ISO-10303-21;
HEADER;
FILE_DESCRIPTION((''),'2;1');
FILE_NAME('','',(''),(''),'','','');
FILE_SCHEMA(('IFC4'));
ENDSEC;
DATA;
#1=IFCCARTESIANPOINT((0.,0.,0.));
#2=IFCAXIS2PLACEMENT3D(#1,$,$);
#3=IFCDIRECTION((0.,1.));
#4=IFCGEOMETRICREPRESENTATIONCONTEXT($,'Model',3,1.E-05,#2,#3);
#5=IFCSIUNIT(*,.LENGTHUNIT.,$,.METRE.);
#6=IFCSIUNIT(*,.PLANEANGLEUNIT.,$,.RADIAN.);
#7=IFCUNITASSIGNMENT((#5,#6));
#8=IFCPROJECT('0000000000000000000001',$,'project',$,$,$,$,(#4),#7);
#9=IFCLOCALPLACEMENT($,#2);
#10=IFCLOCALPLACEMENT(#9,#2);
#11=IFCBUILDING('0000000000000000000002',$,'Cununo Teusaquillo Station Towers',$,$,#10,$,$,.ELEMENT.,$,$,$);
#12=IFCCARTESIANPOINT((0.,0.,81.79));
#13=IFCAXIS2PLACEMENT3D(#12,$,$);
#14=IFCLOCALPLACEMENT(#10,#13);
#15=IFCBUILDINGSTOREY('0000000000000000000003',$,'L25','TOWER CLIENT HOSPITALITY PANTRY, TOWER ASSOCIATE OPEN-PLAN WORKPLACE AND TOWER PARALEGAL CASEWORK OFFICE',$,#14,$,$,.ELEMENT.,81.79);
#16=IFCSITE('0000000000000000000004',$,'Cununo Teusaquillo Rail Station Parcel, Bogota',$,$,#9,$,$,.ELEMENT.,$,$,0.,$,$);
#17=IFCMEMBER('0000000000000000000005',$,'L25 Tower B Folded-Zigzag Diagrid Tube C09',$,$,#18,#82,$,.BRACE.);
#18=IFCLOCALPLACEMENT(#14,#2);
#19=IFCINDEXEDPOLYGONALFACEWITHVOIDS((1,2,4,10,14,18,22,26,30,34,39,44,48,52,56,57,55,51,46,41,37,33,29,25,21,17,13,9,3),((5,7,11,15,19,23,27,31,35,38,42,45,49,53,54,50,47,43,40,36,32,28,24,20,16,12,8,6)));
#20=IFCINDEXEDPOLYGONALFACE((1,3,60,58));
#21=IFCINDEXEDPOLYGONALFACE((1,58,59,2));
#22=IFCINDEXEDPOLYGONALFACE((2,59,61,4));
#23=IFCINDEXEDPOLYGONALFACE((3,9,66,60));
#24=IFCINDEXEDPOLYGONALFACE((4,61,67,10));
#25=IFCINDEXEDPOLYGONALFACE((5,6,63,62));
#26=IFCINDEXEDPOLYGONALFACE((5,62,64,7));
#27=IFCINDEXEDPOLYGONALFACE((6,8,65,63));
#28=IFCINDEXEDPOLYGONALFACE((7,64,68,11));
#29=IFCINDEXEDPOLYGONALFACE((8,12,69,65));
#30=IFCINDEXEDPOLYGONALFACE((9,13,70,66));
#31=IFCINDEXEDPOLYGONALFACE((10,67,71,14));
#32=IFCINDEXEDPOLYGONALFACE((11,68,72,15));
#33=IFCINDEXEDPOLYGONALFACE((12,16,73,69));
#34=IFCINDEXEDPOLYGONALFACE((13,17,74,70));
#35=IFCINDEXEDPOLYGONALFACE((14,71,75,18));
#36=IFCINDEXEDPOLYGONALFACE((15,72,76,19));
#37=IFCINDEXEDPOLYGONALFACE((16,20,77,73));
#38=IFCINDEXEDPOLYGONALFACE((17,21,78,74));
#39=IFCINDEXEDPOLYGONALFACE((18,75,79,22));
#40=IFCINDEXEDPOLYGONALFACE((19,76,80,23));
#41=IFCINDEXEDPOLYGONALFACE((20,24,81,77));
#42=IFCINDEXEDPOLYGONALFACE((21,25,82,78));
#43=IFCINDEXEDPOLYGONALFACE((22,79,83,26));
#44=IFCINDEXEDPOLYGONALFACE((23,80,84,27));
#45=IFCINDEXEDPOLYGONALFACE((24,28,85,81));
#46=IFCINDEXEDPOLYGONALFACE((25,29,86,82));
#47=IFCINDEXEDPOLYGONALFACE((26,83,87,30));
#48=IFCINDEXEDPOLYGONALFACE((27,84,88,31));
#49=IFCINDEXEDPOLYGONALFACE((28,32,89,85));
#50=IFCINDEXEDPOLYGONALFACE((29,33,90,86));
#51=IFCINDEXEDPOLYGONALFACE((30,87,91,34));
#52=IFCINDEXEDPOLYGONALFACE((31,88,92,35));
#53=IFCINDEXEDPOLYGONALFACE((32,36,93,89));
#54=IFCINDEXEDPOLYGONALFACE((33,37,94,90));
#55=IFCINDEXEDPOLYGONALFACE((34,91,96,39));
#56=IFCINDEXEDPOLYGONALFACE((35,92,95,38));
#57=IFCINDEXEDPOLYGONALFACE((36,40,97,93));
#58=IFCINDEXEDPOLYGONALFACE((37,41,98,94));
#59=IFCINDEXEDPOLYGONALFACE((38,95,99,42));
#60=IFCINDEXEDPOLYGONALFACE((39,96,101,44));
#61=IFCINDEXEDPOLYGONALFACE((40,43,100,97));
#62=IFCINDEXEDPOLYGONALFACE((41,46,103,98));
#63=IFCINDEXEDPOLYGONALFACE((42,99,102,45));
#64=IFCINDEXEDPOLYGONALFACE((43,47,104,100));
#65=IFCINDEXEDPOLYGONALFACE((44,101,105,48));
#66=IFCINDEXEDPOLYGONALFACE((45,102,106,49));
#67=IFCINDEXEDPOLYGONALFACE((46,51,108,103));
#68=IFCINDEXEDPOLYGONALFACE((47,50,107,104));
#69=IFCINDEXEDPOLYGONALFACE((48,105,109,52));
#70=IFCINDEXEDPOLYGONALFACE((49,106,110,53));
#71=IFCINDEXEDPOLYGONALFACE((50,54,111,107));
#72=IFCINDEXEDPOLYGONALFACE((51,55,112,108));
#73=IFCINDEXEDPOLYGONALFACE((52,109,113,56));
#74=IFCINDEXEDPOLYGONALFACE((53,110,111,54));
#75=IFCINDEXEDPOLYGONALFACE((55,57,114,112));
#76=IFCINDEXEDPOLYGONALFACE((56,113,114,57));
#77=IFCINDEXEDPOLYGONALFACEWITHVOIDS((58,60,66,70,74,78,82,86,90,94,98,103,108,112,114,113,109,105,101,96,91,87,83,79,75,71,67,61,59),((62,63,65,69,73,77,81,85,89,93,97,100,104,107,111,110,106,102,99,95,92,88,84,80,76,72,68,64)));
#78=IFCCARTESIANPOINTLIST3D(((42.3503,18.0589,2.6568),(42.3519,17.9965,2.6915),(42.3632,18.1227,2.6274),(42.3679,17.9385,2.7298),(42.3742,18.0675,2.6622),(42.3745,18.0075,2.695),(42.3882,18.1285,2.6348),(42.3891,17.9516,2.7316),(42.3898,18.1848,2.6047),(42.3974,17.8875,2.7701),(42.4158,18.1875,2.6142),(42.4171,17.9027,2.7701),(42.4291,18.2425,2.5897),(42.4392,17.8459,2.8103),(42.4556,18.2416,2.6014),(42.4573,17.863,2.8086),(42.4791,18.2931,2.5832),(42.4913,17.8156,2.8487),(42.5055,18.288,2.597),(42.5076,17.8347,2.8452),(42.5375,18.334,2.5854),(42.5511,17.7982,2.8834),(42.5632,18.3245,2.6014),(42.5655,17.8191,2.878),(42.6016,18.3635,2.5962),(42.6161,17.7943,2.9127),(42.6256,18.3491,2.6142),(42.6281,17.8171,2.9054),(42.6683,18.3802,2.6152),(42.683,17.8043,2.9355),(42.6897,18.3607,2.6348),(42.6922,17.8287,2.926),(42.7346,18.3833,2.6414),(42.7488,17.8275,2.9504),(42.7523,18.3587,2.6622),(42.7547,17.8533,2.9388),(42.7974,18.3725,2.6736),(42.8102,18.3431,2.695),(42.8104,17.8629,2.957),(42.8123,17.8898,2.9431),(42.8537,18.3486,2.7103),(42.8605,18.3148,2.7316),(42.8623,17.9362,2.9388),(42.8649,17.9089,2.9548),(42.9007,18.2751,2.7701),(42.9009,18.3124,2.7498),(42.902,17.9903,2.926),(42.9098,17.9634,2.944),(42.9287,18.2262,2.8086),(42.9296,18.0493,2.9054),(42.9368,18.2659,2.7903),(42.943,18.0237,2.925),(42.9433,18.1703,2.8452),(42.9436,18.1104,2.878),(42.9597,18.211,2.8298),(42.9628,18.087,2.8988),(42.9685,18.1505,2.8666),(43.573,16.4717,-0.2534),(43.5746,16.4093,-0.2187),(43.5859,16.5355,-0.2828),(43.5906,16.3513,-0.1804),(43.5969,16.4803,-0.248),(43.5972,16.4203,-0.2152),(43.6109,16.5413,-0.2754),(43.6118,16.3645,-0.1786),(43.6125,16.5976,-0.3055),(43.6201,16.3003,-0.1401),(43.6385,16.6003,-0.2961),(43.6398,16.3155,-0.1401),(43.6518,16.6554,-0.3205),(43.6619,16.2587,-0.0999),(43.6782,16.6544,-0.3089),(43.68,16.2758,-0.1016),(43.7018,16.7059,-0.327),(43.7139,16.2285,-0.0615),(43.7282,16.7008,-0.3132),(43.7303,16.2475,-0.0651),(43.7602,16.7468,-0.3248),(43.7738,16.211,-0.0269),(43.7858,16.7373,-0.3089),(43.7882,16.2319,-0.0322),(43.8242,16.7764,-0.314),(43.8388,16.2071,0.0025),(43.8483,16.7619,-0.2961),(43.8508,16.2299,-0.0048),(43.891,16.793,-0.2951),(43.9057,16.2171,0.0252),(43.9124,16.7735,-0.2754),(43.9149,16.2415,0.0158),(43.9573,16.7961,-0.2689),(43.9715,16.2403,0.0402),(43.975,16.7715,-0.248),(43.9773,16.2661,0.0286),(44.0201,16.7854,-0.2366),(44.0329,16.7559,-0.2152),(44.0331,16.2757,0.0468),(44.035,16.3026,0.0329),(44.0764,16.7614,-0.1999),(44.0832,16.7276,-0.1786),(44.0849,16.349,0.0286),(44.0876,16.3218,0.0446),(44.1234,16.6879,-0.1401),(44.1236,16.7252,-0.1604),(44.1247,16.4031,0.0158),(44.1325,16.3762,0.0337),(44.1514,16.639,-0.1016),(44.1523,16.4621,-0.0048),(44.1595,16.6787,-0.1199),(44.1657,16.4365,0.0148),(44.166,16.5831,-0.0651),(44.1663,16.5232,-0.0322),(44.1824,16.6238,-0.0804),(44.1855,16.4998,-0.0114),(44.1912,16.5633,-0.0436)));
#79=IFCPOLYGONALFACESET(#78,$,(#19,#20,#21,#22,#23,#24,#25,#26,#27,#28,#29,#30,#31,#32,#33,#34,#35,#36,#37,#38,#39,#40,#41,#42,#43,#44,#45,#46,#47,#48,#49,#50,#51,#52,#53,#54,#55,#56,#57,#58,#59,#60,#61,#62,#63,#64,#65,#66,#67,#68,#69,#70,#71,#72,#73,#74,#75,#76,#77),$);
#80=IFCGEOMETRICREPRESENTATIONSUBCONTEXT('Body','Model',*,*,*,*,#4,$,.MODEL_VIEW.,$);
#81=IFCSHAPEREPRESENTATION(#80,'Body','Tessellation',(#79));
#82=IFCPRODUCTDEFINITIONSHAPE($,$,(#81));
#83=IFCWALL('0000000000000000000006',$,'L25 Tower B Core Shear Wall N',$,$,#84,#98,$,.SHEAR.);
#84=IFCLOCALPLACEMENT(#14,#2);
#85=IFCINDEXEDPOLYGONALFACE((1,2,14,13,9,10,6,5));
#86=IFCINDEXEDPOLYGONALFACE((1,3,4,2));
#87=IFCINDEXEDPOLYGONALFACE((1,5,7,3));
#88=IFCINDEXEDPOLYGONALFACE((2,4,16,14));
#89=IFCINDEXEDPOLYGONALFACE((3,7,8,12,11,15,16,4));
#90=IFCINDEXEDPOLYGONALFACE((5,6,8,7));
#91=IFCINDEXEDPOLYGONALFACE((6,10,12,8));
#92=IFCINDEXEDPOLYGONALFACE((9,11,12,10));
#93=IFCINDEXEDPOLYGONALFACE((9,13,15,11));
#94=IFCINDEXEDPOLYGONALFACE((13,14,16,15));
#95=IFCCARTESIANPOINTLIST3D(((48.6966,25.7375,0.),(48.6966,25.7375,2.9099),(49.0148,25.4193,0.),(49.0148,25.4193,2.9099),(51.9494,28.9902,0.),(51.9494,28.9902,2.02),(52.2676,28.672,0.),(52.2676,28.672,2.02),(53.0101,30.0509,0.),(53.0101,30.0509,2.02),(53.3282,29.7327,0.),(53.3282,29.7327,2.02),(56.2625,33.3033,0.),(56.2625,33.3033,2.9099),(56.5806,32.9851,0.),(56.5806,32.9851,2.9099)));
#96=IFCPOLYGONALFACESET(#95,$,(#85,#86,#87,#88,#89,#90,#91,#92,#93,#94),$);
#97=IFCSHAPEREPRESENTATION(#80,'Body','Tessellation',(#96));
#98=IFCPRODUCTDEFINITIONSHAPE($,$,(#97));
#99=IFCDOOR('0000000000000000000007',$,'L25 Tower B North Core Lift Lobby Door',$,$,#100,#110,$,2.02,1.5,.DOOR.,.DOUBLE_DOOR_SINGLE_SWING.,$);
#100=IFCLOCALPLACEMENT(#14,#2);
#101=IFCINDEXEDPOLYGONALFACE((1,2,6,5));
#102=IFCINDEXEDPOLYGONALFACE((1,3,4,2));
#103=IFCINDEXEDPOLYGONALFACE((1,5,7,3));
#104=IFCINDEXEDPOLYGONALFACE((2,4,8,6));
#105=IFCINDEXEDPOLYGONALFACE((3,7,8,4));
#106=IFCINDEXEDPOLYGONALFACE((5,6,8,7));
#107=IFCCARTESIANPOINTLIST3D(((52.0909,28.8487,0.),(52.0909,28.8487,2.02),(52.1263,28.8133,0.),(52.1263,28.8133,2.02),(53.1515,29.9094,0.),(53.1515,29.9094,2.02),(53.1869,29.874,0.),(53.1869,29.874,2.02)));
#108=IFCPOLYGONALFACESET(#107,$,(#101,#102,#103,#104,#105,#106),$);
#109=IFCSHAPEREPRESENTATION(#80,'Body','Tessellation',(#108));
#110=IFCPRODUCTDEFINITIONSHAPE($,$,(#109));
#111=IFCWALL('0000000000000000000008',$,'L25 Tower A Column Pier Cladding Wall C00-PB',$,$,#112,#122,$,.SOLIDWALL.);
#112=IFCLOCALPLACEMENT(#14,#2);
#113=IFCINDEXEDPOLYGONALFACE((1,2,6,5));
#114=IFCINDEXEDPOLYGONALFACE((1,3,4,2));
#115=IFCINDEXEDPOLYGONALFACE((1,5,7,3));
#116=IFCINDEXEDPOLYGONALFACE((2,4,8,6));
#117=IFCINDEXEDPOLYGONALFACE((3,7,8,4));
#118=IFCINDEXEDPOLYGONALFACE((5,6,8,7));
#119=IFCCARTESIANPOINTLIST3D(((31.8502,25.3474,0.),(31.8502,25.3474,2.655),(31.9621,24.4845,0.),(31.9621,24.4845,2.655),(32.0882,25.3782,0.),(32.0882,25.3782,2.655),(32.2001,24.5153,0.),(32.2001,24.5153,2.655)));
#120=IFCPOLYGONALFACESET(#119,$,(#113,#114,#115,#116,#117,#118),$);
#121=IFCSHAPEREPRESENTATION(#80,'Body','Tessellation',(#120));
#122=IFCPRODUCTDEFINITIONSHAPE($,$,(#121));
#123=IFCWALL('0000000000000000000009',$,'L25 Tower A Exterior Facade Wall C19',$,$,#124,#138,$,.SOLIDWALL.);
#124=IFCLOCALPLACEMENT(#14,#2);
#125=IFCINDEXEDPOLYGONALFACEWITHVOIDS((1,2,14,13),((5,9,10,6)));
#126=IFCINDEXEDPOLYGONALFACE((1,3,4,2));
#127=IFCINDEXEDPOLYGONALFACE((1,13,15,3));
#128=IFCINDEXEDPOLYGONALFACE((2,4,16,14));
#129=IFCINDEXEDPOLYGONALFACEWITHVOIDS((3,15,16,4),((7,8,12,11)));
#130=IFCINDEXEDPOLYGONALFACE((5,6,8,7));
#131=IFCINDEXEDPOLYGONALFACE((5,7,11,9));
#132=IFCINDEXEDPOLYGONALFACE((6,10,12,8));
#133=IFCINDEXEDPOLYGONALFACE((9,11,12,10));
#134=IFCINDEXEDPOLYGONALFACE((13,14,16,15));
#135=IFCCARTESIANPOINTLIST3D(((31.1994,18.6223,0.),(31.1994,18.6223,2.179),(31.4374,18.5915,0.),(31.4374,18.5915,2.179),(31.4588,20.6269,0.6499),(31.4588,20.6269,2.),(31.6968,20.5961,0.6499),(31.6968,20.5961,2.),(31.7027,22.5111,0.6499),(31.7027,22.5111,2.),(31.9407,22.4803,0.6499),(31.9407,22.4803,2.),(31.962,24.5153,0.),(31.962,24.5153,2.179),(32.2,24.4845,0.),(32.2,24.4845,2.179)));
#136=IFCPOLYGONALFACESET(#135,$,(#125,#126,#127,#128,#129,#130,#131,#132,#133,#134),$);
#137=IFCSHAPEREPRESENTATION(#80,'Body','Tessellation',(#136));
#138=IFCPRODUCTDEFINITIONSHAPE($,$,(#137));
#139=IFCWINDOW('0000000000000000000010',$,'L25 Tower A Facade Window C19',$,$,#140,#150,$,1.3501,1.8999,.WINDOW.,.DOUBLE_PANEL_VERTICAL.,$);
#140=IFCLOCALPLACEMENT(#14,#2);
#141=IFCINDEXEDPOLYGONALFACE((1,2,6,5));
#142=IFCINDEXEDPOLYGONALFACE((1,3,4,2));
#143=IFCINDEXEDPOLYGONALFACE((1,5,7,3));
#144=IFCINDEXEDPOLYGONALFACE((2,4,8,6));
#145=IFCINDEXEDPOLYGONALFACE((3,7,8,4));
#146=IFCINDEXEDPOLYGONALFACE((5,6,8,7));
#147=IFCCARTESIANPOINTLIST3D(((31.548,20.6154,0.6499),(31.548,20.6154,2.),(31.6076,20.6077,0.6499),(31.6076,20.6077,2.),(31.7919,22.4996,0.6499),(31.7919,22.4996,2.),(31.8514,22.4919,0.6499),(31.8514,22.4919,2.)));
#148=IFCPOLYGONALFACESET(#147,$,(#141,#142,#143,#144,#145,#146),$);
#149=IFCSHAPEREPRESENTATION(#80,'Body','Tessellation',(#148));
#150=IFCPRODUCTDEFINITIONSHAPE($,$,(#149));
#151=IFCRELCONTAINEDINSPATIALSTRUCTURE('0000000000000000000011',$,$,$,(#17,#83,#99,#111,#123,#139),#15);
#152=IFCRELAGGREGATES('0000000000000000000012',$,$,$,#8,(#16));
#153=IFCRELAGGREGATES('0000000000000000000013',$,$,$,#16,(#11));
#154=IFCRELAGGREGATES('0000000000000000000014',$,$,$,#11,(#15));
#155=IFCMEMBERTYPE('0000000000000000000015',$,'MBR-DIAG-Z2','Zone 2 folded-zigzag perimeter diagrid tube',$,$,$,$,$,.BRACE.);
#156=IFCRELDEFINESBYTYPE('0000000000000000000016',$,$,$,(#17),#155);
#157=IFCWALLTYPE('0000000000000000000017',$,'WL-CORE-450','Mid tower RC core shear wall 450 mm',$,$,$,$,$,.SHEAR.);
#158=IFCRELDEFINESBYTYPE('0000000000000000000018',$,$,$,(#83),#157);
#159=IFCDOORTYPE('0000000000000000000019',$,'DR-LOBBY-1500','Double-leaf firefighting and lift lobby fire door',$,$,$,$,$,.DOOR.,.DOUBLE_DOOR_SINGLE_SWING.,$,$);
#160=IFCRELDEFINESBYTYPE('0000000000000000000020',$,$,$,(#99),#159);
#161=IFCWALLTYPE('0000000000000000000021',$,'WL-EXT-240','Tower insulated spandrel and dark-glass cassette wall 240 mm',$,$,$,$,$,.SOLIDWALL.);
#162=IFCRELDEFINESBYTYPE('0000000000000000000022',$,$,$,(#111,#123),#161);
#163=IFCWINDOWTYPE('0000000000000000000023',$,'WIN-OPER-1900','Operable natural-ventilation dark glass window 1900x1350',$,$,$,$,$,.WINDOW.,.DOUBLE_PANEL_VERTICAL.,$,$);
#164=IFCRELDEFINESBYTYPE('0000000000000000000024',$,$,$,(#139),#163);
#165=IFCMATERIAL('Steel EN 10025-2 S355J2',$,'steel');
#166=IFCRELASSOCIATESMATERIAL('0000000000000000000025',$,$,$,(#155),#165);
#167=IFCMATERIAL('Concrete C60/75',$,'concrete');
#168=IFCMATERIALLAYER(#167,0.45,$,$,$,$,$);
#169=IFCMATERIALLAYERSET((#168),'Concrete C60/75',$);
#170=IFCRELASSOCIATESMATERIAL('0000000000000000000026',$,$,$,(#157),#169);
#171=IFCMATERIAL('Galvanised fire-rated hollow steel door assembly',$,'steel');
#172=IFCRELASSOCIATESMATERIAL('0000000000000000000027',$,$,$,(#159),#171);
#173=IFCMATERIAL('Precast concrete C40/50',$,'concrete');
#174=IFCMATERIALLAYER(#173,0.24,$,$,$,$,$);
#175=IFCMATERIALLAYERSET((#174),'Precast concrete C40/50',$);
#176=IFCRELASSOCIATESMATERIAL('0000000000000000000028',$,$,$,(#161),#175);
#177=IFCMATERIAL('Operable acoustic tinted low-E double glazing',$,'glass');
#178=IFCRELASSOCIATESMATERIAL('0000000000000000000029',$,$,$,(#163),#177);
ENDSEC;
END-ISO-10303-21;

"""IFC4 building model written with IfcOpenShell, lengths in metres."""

from ifc_helpers import new_model, si_unit, direction, frame, frame_2d, origin, origin_2d, place, context, subcontext, project, spatial, rectangle, hollow_circle, extrude, source, transform, mapped, material, layer, layer_set, material_profile, profile_set, type_object, element, fill, save


model = new_model("IFC4")

# Units and contexts
model_context = context("Model", 3, precision=1e-05, world=origin(), true_north=direction((0.0, 1.0)))
body_context = subcontext(model_context, "Body", "Model", "MODEL_VIEW")
ifc_project = project(units=[si_unit("LENGTHUNIT", "METRE"), si_unit("PLANEANGLEUNIT", "RADIAN")], contexts=[model_context])

# Site, building, storey
site_placement = place(None, origin())
site = spatial("IfcSite", under=ifc_project, at=site_placement, Name="Cununo Teusaquillo Rail Station Parcel, Bogota", CompositionType="ELEMENT", RefElevation=0.0)
building_placement = place(site_placement, origin())
building = spatial("IfcBuilding", under=site, at=building_placement, Name="Cununo Teusaquillo Station Towers", CompositionType="ELEMENT")
storey_placement = place(building_placement, frame((0.0, 0.0, 81.79)))
storey = spatial("IfcBuildingStorey", under=building, at=storey_placement, Name="L25", Description="TOWER CLIENT HOSPITALITY PANTRY, TOWER ASSOCIATE OPEN-PLAN WORKPLACE AND TOWER PARALEGAL CASEWORK OFFICE", CompositionType="ELEMENT", Elevation=81.79)

# Member
ifc_material_1 = material(Name="Steel EN 10025-2 S355J2", Category="steel")
ifc_material_profile_1 = material_profile(ifc_material_1, hollow_circle(Radius=0.3301, WallThickness=0.0249, at=origin_2d()), Name="CHS 660x25")
ifc_profile_set_1 = profile_set([ifc_material_profile_1], Name="Steel EN 10025-2 S355J2")
member_type_1 = type_object("IfcMemberType", Name="MBR-DIAG-Z2", Description="Zone 2 folded-zigzag perimeter diagrid tube", PredefinedType="BRACE", material=ifc_profile_set_1)
member_1_placement = place(storey_placement, frame((43.8816, 16.5017, -0.1401), z_axis=(-0.346055, 0.449222, 0.823678), x_axis=(-0.792198, -0.610264, 0.0)))
element("IfcMember", 1, at=member_1_placement, inside=storey, type_object=member_type_1, Name="L25 Tower B Folded-Zigzag Diagrid Tube C09", PredefinedType="BRACE", context=body_context, shape_type="SweptSolid", body=[
    extrude(hollow_circle(Radius=0.3301, WallThickness=0.0249, at=origin_2d()), origin(), (0.0, 0.0, 1.0), 3.5332),
])

# Wall, opening, door
ifc_material_2 = material(Name="Concrete C60/75", Category="concrete")
ifc_layer_1 = layer(ifc_material_2, 0.45)
ifc_layer_set_1 = layer_set([ifc_layer_1], Name="Concrete C60/75")
wall_type_1 = type_object("IfcWallType", Name="WL-CORE-450", Description="Mid tower RC core shear wall 450 mm", PredefinedType="SHEAR", material=ifc_layer_set_1)
wall_1_placement = place(storey_placement, frame((48.8557, 25.5784, 0.0), z_axis=(0.0, 0.0, 1.0), x_axis=(0.707107, 0.707107, 0.0)))
wall_1 = element("IfcWall", 2, at=wall_1_placement, inside=storey, type_object=wall_type_1, Name="L25 Tower B Core Shear Wall N", PredefinedType="SHEAR", context=body_context, shape_type="SweptSolid", body=[
    extrude(rectangle(XDim=10.6997, YDim=0.45, at=frame_2d((5.3499, 0.0))), origin(), (0.0, 0.0, 1.0), 2.9099),
])
shared_shape_1 = source(origin(), body_context, "Body", "SweptSolid", [
    extrude(rectangle(XDim=1.5, YDim=2.02, at=frame_2d((0.75, 1.01))), frame((0.0, 0.2349, 0.0), z_axis=(0.0, -1.0, 0.0), x_axis=(1.0, 0.0, 0.0)), (0.0, 0.0, 1.0), 0.47),
])
opening_1_placement = place(wall_1_placement, frame((4.6001, 0.0, 0.0)))
opening_1 = element("IfcOpeningElement", 3, at=opening_1_placement, cuts=wall_1, PredefinedType="OPENING", context=body_context, shape_type="MappedRepresentation", body=[
    mapped(shared_shape_1, transform((0.0, 0.0, 0.0), x_axis=(1.0, 0.0, 0.0), y_axis=(0.0, 1.0, 0.0), z_axis=(0.0, 0.0, 1.0), scale=1.0)),
])
ifc_material_3 = material(Name="Galvanised fire-rated hollow steel door assembly", Category="steel")
door_type_1 = type_object("IfcDoorType", Name="DR-LOBBY-1500", Description="Double-leaf firefighting and lift lobby fire door", OperationType="DOUBLE_DOOR_SINGLE_SWING", PredefinedType="DOOR", material=ifc_material_3)
shared_shape_2 = source(origin(), body_context, "Body", "SweptSolid", [
    extrude(rectangle(XDim=1.5, YDim=2.02, at=frame_2d((0.75, 1.01))), frame((0.0, 0.0249, 0.0), z_axis=(0.0, -1.0, 0.0), x_axis=(1.0, 0.0, 0.0)), (0.0, 0.0, 1.0), 0.05),
])
door_1_placement = place(opening_1_placement, origin())
door_1 = element("IfcDoor", 4, at=door_1_placement, inside=storey, type_object=door_type_1, Name="L25 Tower B North Core Lift Lobby Door", OperationType="DOUBLE_DOOR_SINGLE_SWING", OverallHeight=2.02, OverallWidth=1.5, PredefinedType="DOOR", context=body_context, shape_type="MappedRepresentation", body=[
    mapped(shared_shape_2, transform((0.0, 0.0, 0.0), x_axis=(1.0, 0.0, 0.0), y_axis=(0.0, 1.0, 0.0), z_axis=(0.0, 0.0, 1.0), scale=1.0)),
])
fill(opening_1, door_1)

# Wall
ifc_material_4 = material(Name="Precast concrete C40/50", Category="concrete")
ifc_layer_2 = layer(ifc_material_4, 0.24)
ifc_layer_set_2 = layer_set([ifc_layer_2], Name="Precast concrete C40/50")
wall_type_2 = type_object("IfcWallType", Name="WL-EXT-240", Description="Tower insulated spandrel and dark-glass cassette wall 240 mm", PredefinedType="SOLIDWALL", material=ifc_layer_set_2)
wall_2_placement = place(storey_placement, frame((31.9692, 25.3628, 0.0), z_axis=(0.0, 0.0, 1.0), x_axis=(0.128523, -0.991706, 0.0)))
element("IfcWall", 5, at=wall_2_placement, inside=storey, type_object=wall_type_2, Name="L25 Tower A Column Pier Cladding Wall C00-PB", PredefinedType="SOLIDWALL", context=body_context, shape_type="SweptSolid", body=[
    extrude(rectangle(XDim=0.8701, YDim=0.24, at=frame_2d((0.4351, 0.0))), origin(), (0.0, 0.0, 1.0), 2.655),
])

# Wall, opening, window
wall_3_placement = place(storey_placement, frame((32.0811, 24.5, 0.0), z_axis=(0.0, 0.0, 1.0), x_axis=(-0.128352, -0.991729, 0.0)))
wall_3 = element("IfcWall", 6, at=wall_3_placement, inside=storey, type_object=wall_type_2, Name="L25 Tower A Exterior Facade Wall C19", PredefinedType="SOLIDWALL", context=body_context, shape_type="SweptSolid", body=[
    extrude(rectangle(XDim=5.9421, YDim=0.24, at=frame_2d((2.9712, 0.0))), origin(), (0.0, 0.0, 1.0), 2.179),
])
shared_shape_3 = source(origin(), body_context, "Body", "SweptSolid", [
    extrude(rectangle(XDim=1.8999, YDim=1.3501, at=frame_2d((0.95, 0.675))), frame((0.0, 0.1299, 0.0), z_axis=(0.0, -1.0, 0.0), x_axis=(1.0, 0.0, 0.0)), (0.0, 0.0, 1.0), 0.26),
])
opening_2_placement = place(wall_3_placement, frame((2.021, 0.0, 0.6499)))
opening_2 = element("IfcOpeningElement", 7, at=opening_2_placement, cuts=wall_3, PredefinedType="OPENING", context=body_context, shape_type="MappedRepresentation", body=[
    mapped(shared_shape_3, transform((0.0, 0.0, 0.0), x_axis=(1.0, 0.0, 0.0), y_axis=(0.0, 1.0, 0.0), z_axis=(0.0, 0.0, 1.0), scale=1.0)),
])
ifc_material_5 = material(Name="Operable acoustic tinted low-E double glazing", Category="glass")
window_type_1 = type_object("IfcWindowType", Name="WIN-OPER-1900", Description="Operable natural-ventilation dark glass window 1900x1350", PartitioningType="DOUBLE_PANEL_VERTICAL", PredefinedType="WINDOW", material=ifc_material_5)
shared_shape_4 = source(origin(), body_context, "Body", "SweptSolid", [
    extrude(rectangle(XDim=1.8999, YDim=1.3501, at=frame_2d((0.95, 0.675))), frame((0.0, 0.03, 0.0), z_axis=(0.0, -1.0, 0.0), x_axis=(1.0, 0.0, 0.0)), (0.0, 0.0, 1.0), 0.0601),
])
window_1_placement = place(opening_2_placement, origin())
window_1 = element("IfcWindow", 8, at=window_1_placement, inside=storey, type_object=window_type_1, Name="L25 Tower A Facade Window C19", OverallHeight=1.3501, OverallWidth=1.8999, PartitioningType="DOUBLE_PANEL_VERTICAL", PredefinedType="WINDOW", context=body_context, shape_type="MappedRepresentation", body=[
    mapped(shared_shape_4, transform((0.0, 0.0, 0.0), x_axis=(1.0, 0.0, 0.0), y_axis=(0.0, 1.0, 0.0), z_axis=(0.0, 0.0, 1.0), scale=1.0)),
])
fill(opening_2, window_1)

save(model, "model.ifc")
